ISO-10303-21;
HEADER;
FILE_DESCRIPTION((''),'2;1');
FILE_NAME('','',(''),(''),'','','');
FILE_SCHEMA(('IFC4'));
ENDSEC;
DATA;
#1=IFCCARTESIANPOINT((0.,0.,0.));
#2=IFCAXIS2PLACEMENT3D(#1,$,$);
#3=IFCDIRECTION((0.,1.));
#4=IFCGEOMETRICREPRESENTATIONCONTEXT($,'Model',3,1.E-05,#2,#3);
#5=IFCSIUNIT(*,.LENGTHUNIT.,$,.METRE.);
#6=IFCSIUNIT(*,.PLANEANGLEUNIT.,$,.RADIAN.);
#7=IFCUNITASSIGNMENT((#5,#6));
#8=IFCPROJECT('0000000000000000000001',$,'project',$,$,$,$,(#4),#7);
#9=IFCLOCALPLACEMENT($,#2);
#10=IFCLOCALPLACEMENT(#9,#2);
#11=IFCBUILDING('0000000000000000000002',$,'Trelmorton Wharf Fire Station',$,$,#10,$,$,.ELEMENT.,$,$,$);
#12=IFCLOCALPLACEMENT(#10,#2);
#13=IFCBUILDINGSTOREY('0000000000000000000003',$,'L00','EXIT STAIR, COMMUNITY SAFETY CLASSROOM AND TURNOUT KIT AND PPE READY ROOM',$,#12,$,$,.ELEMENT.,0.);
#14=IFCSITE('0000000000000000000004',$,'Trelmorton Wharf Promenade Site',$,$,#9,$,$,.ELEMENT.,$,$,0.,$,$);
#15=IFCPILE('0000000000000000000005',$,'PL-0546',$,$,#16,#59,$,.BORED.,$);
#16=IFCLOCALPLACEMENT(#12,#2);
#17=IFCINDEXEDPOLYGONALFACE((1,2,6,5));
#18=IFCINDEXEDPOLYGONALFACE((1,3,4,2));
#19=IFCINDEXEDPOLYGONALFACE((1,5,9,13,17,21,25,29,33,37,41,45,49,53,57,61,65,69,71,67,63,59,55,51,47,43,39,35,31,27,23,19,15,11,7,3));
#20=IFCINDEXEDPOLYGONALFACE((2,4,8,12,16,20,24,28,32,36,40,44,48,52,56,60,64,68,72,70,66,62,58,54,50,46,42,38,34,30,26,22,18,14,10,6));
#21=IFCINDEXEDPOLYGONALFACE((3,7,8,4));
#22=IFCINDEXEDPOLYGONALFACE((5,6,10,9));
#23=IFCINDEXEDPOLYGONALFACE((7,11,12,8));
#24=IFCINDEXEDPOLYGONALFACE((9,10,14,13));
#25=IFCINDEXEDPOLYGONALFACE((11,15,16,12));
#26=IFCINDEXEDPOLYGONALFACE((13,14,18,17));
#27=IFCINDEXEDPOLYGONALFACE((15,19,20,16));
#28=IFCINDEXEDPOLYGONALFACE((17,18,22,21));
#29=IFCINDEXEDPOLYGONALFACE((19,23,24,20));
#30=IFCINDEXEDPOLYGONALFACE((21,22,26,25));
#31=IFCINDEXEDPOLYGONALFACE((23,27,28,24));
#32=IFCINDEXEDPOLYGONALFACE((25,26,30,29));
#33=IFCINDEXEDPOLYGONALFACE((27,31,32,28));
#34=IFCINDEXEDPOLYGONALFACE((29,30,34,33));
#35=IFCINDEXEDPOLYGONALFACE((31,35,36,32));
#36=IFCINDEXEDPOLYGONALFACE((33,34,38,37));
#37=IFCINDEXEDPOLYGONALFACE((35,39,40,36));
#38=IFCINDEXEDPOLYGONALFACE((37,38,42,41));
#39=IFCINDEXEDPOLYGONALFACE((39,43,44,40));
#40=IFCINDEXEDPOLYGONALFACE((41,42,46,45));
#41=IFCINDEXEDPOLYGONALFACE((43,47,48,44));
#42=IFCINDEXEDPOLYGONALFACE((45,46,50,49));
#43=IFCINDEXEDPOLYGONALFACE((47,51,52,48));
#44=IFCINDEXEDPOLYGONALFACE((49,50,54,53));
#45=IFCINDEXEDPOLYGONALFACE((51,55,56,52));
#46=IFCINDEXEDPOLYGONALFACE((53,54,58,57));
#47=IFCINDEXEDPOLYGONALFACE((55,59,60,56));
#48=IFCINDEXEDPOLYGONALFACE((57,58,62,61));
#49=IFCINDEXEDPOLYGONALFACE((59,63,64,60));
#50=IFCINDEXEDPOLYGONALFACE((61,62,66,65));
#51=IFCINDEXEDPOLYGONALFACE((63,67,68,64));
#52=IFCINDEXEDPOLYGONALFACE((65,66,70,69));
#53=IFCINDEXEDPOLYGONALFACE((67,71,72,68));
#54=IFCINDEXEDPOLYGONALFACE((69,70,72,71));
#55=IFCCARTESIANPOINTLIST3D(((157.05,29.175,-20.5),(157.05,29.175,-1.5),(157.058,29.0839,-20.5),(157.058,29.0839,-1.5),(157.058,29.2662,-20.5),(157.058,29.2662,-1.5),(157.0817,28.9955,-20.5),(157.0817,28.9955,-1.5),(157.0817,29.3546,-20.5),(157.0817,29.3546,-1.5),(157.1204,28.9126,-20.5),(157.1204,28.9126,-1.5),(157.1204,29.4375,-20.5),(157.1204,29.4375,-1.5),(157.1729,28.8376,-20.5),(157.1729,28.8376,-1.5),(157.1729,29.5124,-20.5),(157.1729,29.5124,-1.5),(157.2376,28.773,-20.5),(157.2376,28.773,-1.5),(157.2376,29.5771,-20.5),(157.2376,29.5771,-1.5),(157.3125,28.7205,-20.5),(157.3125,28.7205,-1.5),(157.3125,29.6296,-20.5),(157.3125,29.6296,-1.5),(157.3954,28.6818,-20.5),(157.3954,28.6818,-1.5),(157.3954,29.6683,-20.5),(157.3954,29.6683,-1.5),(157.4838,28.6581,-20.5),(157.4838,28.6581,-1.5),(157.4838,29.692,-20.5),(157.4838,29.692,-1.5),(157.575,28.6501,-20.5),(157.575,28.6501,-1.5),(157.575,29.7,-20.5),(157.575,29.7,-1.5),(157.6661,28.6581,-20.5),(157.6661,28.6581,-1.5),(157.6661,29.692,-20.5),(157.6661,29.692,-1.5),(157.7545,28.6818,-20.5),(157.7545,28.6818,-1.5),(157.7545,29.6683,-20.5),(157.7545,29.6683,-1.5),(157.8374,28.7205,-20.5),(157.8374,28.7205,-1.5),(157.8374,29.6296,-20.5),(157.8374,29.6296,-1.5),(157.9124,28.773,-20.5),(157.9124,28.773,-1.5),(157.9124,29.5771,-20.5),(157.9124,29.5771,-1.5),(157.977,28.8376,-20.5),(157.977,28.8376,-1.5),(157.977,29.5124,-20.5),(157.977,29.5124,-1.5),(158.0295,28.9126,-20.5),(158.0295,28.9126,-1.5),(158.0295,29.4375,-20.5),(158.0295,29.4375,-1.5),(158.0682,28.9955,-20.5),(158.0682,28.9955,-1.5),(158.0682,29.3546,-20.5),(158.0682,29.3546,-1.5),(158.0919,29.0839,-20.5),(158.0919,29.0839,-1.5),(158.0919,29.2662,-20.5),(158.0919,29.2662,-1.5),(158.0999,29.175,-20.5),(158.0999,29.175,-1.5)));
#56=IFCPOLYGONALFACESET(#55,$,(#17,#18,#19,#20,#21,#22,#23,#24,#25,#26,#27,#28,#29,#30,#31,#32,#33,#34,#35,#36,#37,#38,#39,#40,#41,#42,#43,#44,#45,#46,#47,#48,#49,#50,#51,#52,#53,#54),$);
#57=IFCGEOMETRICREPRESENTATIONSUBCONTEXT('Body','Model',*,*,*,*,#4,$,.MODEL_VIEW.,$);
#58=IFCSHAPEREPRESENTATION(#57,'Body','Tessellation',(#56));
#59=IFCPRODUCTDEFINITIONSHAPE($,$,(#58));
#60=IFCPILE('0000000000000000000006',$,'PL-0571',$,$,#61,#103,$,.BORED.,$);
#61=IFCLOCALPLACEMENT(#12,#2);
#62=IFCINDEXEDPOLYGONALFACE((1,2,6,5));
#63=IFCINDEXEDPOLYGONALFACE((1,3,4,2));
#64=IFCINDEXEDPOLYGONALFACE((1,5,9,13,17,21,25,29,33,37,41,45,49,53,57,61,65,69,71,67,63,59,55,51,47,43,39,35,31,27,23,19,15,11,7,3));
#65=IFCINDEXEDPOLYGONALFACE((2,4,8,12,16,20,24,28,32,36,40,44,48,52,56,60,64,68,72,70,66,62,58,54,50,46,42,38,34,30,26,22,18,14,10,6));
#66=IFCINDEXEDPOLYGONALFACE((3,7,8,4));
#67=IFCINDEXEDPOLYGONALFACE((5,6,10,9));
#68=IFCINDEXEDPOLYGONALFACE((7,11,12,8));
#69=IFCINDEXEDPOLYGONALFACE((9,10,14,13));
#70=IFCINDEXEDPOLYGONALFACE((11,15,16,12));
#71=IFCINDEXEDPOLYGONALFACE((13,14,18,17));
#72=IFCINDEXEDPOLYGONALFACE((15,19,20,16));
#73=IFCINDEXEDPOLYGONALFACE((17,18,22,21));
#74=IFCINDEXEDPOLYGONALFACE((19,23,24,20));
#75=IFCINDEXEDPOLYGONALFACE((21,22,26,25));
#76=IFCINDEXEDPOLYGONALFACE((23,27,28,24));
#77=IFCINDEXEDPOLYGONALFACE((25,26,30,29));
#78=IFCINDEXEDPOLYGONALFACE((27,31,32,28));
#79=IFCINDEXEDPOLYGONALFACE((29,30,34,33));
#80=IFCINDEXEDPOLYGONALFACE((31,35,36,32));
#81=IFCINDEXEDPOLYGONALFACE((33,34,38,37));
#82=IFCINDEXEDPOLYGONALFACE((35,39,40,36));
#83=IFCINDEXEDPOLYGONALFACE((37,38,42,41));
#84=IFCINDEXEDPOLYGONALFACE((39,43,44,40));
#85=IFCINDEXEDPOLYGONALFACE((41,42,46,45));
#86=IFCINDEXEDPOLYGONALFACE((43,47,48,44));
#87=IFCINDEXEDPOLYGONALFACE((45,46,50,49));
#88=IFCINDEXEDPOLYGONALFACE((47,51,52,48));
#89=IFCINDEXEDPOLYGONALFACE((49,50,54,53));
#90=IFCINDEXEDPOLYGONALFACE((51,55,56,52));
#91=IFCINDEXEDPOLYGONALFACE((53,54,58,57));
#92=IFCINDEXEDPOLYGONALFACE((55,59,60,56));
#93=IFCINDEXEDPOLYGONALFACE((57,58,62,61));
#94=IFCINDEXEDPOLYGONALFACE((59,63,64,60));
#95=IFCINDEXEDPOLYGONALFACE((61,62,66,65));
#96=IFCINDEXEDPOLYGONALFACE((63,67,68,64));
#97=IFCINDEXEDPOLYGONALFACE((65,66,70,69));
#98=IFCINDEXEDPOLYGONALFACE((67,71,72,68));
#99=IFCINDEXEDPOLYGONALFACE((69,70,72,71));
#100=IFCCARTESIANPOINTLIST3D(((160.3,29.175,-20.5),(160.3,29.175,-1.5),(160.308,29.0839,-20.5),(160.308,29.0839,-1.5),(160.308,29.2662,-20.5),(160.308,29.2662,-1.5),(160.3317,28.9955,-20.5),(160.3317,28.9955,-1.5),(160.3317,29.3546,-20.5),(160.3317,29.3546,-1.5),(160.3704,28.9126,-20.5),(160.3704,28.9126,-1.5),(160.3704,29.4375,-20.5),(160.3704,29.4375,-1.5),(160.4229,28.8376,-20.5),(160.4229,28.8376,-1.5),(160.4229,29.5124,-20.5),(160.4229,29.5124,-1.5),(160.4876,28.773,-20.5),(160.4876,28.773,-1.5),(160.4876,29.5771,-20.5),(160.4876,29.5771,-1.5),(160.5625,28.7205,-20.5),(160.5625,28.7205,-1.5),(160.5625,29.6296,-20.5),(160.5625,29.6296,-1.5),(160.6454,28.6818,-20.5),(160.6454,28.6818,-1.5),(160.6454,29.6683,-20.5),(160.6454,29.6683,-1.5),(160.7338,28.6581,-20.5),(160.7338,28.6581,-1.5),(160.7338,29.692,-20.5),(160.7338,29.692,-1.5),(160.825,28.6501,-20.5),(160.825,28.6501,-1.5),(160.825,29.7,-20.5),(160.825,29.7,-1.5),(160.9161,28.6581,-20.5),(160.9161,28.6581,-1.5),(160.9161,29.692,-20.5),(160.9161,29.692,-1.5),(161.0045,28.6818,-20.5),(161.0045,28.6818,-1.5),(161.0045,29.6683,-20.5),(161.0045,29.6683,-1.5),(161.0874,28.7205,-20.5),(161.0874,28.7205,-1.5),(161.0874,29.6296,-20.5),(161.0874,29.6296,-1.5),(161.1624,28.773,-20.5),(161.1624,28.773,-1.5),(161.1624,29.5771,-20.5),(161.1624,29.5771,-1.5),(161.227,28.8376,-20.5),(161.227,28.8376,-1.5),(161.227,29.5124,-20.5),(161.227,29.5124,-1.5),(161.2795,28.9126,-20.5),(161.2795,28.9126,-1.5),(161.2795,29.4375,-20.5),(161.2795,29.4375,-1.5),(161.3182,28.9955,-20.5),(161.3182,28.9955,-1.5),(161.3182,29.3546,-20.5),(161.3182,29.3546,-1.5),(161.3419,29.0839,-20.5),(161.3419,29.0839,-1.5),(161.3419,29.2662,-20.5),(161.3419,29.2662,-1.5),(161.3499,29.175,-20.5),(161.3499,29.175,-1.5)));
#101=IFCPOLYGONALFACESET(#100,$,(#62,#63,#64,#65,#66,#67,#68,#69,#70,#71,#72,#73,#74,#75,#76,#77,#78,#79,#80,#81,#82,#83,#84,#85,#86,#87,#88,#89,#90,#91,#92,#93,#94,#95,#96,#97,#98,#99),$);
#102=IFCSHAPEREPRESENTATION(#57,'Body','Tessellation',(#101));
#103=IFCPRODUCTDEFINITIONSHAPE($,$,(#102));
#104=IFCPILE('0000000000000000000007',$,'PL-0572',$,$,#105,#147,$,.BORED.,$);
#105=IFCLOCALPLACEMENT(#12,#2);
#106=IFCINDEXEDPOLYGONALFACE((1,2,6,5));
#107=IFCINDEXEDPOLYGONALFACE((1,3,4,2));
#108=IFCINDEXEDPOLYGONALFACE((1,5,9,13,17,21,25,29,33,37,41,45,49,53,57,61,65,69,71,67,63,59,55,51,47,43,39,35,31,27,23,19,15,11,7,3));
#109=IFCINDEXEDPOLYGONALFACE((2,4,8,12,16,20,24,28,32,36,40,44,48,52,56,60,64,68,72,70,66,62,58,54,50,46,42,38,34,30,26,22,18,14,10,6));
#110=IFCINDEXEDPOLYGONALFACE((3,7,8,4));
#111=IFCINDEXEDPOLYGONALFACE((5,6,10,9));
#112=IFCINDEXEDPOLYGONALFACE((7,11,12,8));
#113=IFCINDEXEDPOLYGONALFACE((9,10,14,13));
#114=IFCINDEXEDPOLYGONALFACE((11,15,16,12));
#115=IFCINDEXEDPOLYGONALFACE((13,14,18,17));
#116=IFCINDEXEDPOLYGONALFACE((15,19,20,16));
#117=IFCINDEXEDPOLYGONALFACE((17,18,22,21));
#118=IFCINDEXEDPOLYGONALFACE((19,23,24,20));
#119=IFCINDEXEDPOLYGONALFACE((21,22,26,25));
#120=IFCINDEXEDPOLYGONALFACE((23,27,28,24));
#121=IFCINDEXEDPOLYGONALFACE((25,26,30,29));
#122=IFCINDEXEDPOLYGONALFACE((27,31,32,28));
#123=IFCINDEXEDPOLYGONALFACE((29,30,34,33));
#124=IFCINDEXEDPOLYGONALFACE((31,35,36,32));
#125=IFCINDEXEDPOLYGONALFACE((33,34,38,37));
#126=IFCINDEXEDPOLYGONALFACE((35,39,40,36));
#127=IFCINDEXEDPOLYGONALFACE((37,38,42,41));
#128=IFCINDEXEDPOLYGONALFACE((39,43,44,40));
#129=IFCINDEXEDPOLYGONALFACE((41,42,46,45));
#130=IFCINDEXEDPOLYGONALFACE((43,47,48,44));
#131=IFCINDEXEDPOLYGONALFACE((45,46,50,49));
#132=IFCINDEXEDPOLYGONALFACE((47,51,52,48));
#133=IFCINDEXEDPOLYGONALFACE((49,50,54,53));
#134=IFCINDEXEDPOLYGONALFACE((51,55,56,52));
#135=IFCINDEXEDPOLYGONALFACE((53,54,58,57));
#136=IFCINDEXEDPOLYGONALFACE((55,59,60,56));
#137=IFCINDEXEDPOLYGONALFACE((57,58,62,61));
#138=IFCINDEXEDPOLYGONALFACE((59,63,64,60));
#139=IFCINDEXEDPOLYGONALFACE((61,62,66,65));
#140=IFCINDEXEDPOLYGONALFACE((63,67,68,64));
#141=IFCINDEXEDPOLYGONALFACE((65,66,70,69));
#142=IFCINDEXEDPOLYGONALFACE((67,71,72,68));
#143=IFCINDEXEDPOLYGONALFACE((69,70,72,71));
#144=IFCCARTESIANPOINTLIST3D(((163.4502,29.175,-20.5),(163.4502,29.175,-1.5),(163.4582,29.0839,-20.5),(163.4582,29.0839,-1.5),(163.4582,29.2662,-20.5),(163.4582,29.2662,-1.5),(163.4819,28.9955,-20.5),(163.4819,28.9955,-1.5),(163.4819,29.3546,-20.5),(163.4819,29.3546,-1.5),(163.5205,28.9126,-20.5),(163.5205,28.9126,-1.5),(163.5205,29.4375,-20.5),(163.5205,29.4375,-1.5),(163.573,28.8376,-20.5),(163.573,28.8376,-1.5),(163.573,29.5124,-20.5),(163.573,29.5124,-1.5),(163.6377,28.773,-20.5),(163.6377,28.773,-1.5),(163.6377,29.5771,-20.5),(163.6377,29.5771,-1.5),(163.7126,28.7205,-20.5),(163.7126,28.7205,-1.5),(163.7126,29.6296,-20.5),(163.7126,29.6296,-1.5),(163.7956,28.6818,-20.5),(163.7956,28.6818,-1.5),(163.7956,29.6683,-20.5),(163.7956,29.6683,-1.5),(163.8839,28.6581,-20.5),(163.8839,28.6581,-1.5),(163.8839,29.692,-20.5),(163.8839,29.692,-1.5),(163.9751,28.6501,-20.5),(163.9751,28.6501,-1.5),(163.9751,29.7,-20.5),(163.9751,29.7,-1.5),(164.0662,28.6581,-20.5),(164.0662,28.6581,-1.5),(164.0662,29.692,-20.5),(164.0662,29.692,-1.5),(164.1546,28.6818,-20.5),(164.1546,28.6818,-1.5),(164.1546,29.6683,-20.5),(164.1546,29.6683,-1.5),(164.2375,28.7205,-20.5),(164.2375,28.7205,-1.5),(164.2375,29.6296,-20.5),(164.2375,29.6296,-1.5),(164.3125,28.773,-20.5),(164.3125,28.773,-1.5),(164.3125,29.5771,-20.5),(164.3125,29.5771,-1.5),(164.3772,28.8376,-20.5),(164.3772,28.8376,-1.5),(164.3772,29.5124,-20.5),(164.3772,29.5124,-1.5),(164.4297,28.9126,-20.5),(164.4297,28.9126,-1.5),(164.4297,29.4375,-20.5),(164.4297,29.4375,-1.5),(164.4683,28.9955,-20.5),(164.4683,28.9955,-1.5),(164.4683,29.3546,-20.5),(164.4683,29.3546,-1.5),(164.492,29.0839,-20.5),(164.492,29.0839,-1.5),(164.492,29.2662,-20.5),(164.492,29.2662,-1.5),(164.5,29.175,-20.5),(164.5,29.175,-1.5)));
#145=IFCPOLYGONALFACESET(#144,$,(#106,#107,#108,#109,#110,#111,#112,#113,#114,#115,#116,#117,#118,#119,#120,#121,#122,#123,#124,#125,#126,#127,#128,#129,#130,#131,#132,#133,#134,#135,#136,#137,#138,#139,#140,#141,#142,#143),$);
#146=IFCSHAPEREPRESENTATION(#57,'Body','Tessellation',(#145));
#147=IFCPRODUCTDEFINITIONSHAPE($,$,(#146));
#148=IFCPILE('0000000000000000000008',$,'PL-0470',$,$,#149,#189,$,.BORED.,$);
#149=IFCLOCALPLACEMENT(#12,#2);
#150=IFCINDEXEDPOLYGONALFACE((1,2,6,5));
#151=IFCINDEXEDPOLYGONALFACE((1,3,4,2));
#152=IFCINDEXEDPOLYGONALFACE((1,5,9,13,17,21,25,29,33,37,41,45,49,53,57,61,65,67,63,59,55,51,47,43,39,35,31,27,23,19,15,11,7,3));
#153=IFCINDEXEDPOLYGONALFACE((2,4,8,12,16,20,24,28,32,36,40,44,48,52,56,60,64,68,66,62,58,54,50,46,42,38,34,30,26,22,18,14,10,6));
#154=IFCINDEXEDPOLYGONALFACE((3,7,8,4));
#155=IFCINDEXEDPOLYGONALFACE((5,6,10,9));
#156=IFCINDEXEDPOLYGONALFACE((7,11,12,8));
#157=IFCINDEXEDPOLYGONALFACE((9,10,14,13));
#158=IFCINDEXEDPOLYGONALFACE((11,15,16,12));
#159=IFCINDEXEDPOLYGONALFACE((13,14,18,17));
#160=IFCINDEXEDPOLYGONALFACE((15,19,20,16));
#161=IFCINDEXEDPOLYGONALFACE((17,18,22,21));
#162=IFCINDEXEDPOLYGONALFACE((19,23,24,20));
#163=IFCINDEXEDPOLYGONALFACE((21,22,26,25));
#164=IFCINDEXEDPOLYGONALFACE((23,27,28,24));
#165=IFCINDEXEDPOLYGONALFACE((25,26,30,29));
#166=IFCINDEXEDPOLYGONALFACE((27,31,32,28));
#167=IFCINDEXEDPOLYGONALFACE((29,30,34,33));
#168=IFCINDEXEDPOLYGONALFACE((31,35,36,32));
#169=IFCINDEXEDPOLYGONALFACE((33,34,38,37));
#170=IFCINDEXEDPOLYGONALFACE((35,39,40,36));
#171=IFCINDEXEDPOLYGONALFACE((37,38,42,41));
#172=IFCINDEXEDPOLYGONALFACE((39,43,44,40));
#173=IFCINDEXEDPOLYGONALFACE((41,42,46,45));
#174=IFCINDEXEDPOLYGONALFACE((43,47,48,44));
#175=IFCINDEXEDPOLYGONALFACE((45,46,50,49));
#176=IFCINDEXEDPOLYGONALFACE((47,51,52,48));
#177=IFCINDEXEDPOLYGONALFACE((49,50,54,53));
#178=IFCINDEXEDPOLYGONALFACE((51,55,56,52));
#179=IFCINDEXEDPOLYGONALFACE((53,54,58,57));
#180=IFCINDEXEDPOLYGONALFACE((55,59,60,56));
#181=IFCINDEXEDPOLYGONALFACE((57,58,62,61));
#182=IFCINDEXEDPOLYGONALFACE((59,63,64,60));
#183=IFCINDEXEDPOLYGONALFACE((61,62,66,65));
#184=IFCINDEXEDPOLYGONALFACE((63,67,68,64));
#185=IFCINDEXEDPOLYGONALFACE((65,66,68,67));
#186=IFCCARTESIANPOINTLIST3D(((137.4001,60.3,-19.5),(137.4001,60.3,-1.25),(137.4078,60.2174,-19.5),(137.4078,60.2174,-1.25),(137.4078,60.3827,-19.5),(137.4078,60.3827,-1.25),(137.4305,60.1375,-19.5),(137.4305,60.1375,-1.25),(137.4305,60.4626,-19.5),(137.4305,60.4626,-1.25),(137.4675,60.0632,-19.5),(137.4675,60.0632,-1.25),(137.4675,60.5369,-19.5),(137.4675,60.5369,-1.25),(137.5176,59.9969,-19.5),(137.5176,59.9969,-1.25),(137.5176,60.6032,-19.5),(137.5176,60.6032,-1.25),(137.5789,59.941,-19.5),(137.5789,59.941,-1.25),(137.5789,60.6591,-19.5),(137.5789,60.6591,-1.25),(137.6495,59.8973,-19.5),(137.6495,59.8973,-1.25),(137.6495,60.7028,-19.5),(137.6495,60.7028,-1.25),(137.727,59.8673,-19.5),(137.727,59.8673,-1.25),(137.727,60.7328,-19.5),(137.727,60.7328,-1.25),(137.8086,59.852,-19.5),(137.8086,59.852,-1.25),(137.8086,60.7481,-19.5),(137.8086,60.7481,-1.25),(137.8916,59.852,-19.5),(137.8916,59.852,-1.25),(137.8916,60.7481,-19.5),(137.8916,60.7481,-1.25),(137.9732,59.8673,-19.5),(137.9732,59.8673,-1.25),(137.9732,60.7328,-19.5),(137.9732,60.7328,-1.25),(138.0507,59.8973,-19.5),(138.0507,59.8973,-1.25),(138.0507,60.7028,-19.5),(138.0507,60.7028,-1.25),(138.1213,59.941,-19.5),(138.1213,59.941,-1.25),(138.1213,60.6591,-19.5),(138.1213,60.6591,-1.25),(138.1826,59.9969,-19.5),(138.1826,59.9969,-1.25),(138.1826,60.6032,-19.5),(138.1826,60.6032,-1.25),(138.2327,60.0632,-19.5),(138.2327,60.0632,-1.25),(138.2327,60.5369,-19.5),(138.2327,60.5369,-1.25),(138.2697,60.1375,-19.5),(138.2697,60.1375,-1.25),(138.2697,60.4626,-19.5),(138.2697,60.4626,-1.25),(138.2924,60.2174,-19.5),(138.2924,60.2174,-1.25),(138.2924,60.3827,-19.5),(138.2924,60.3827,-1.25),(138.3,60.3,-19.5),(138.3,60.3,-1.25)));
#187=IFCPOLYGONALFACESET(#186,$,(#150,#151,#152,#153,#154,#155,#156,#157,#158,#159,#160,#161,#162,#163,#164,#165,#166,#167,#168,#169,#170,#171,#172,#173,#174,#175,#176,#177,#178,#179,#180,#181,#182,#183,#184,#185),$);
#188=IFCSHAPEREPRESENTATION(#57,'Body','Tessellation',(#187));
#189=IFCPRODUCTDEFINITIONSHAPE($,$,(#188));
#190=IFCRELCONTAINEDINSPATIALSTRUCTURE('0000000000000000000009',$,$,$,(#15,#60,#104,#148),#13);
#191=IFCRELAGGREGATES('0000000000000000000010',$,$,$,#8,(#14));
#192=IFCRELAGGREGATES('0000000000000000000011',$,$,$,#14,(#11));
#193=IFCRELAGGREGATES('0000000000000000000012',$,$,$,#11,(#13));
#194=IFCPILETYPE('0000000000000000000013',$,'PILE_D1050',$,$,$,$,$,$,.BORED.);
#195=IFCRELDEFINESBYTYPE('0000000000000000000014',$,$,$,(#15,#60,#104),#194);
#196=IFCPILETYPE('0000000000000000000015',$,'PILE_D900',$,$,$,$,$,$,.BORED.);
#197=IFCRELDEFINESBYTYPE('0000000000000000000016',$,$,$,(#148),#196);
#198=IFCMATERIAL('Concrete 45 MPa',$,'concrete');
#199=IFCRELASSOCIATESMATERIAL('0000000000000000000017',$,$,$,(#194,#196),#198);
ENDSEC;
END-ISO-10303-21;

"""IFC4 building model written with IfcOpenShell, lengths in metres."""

from ifc_helpers import new_model, si_unit, direction, frame, origin, origin_2d, place, context, subcontext, project, spatial, circle, extrude, material, material_profile, profile_set, type_object, element, save


model = new_model("IFC4")

# Units and contexts
model_context = context("Model", 3, precision=1e-05, world=origin(), true_north=direction((0.0, 1.0)))
body_context = subcontext(model_context, "Body", "Model", "MODEL_VIEW")
ifc_project = project(units=[si_unit("LENGTHUNIT", "METRE"), si_unit("PLANEANGLEUNIT", "RADIAN")], contexts=[model_context])

# Site, building, storey
site_placement = place(None, origin())
site = spatial("IfcSite", under=ifc_project, at=site_placement, Name="Trelmorton Wharf Promenade Site", CompositionType="ELEMENT", RefElevation=0.0)
building_placement = place(site_placement, origin())
building = spatial("IfcBuilding", under=site, at=building_placement, Name="Trelmorton Wharf Fire Station", CompositionType="ELEMENT")
storey_placement = place(building_placement, origin())
storey = spatial("IfcBuildingStorey", under=building, at=storey_placement, Name="L00", Description="EXIT STAIR, COMMUNITY SAFETY CLASSROOM AND TURNOUT KIT AND PPE READY ROOM", CompositionType="ELEMENT", Elevation=0.0)

# Piles
ifc_material_1 = material(Name="Concrete 45 MPa", Category="concrete")
ifc_material_profile_1 = material_profile(ifc_material_1, circle(Radius=0.5249, at=origin_2d()), Name="PILE-D1050")
ifc_profile_set_1 = profile_set([ifc_material_profile_1], Name="Concrete 45 MPa")
pile_type_1 = type_object("IfcPileType", Name="PILE_D1050", PredefinedType="BORED", material=ifc_profile_set_1)
for number, where, z_axis, x_axis, name in (
    (1, (157.575, 29.175, -1.5), (0.0, 0.0, -1.0), (1.0, 0.0, 0.0), "PL-0546"),
    (2, (160.825, 29.175, -1.5), (0.0, 0.0, -1.0), (1.0, 0.0, 0.0), "PL-0571"),
    (3, (163.9751, 29.175, -1.5), (0.0, 0.0, -1.0), (1.0, 0.0, 0.0), "PL-0572"),
):
    element("IfcPile", number, at=place(storey_placement, frame(where, z_axis=z_axis, x_axis=x_axis)), inside=storey, type_object=pile_type_1, Name=name, PredefinedType="BORED", context=body_context, shape_type="SweptSolid", body=[
        extrude(circle(Radius=0.5249, at=origin_2d()), origin(), (0.0, 0.0, 1.0), 19.0),
    ])
ifc_material_profile_2 = material_profile(ifc_material_1, circle(Radius=0.45, at=origin_2d()), Name="PILE-D900")
ifc_profile_set_2 = profile_set([ifc_material_profile_2], Name="Concrete 45 MPa")
pile_type_2 = type_object("IfcPileType", Name="PILE_D900", PredefinedType="BORED", material=ifc_profile_set_2)
pile_placement = place(storey_placement, frame((137.8501, 60.3, -1.25), z_axis=(0.0, 0.0, -1.0), x_axis=(1.0, 0.0, 0.0)))
element("IfcPile", 4, at=pile_placement, inside=storey, type_object=pile_type_2, Name="PL-0470", PredefinedType="BORED", context=body_context, shape_type="SweptSolid", body=[
    extrude(circle(Radius=0.45, at=origin_2d()), origin(), (0.0, 0.0, 1.0), 18.25),
])

save(model, "model.ifc")
